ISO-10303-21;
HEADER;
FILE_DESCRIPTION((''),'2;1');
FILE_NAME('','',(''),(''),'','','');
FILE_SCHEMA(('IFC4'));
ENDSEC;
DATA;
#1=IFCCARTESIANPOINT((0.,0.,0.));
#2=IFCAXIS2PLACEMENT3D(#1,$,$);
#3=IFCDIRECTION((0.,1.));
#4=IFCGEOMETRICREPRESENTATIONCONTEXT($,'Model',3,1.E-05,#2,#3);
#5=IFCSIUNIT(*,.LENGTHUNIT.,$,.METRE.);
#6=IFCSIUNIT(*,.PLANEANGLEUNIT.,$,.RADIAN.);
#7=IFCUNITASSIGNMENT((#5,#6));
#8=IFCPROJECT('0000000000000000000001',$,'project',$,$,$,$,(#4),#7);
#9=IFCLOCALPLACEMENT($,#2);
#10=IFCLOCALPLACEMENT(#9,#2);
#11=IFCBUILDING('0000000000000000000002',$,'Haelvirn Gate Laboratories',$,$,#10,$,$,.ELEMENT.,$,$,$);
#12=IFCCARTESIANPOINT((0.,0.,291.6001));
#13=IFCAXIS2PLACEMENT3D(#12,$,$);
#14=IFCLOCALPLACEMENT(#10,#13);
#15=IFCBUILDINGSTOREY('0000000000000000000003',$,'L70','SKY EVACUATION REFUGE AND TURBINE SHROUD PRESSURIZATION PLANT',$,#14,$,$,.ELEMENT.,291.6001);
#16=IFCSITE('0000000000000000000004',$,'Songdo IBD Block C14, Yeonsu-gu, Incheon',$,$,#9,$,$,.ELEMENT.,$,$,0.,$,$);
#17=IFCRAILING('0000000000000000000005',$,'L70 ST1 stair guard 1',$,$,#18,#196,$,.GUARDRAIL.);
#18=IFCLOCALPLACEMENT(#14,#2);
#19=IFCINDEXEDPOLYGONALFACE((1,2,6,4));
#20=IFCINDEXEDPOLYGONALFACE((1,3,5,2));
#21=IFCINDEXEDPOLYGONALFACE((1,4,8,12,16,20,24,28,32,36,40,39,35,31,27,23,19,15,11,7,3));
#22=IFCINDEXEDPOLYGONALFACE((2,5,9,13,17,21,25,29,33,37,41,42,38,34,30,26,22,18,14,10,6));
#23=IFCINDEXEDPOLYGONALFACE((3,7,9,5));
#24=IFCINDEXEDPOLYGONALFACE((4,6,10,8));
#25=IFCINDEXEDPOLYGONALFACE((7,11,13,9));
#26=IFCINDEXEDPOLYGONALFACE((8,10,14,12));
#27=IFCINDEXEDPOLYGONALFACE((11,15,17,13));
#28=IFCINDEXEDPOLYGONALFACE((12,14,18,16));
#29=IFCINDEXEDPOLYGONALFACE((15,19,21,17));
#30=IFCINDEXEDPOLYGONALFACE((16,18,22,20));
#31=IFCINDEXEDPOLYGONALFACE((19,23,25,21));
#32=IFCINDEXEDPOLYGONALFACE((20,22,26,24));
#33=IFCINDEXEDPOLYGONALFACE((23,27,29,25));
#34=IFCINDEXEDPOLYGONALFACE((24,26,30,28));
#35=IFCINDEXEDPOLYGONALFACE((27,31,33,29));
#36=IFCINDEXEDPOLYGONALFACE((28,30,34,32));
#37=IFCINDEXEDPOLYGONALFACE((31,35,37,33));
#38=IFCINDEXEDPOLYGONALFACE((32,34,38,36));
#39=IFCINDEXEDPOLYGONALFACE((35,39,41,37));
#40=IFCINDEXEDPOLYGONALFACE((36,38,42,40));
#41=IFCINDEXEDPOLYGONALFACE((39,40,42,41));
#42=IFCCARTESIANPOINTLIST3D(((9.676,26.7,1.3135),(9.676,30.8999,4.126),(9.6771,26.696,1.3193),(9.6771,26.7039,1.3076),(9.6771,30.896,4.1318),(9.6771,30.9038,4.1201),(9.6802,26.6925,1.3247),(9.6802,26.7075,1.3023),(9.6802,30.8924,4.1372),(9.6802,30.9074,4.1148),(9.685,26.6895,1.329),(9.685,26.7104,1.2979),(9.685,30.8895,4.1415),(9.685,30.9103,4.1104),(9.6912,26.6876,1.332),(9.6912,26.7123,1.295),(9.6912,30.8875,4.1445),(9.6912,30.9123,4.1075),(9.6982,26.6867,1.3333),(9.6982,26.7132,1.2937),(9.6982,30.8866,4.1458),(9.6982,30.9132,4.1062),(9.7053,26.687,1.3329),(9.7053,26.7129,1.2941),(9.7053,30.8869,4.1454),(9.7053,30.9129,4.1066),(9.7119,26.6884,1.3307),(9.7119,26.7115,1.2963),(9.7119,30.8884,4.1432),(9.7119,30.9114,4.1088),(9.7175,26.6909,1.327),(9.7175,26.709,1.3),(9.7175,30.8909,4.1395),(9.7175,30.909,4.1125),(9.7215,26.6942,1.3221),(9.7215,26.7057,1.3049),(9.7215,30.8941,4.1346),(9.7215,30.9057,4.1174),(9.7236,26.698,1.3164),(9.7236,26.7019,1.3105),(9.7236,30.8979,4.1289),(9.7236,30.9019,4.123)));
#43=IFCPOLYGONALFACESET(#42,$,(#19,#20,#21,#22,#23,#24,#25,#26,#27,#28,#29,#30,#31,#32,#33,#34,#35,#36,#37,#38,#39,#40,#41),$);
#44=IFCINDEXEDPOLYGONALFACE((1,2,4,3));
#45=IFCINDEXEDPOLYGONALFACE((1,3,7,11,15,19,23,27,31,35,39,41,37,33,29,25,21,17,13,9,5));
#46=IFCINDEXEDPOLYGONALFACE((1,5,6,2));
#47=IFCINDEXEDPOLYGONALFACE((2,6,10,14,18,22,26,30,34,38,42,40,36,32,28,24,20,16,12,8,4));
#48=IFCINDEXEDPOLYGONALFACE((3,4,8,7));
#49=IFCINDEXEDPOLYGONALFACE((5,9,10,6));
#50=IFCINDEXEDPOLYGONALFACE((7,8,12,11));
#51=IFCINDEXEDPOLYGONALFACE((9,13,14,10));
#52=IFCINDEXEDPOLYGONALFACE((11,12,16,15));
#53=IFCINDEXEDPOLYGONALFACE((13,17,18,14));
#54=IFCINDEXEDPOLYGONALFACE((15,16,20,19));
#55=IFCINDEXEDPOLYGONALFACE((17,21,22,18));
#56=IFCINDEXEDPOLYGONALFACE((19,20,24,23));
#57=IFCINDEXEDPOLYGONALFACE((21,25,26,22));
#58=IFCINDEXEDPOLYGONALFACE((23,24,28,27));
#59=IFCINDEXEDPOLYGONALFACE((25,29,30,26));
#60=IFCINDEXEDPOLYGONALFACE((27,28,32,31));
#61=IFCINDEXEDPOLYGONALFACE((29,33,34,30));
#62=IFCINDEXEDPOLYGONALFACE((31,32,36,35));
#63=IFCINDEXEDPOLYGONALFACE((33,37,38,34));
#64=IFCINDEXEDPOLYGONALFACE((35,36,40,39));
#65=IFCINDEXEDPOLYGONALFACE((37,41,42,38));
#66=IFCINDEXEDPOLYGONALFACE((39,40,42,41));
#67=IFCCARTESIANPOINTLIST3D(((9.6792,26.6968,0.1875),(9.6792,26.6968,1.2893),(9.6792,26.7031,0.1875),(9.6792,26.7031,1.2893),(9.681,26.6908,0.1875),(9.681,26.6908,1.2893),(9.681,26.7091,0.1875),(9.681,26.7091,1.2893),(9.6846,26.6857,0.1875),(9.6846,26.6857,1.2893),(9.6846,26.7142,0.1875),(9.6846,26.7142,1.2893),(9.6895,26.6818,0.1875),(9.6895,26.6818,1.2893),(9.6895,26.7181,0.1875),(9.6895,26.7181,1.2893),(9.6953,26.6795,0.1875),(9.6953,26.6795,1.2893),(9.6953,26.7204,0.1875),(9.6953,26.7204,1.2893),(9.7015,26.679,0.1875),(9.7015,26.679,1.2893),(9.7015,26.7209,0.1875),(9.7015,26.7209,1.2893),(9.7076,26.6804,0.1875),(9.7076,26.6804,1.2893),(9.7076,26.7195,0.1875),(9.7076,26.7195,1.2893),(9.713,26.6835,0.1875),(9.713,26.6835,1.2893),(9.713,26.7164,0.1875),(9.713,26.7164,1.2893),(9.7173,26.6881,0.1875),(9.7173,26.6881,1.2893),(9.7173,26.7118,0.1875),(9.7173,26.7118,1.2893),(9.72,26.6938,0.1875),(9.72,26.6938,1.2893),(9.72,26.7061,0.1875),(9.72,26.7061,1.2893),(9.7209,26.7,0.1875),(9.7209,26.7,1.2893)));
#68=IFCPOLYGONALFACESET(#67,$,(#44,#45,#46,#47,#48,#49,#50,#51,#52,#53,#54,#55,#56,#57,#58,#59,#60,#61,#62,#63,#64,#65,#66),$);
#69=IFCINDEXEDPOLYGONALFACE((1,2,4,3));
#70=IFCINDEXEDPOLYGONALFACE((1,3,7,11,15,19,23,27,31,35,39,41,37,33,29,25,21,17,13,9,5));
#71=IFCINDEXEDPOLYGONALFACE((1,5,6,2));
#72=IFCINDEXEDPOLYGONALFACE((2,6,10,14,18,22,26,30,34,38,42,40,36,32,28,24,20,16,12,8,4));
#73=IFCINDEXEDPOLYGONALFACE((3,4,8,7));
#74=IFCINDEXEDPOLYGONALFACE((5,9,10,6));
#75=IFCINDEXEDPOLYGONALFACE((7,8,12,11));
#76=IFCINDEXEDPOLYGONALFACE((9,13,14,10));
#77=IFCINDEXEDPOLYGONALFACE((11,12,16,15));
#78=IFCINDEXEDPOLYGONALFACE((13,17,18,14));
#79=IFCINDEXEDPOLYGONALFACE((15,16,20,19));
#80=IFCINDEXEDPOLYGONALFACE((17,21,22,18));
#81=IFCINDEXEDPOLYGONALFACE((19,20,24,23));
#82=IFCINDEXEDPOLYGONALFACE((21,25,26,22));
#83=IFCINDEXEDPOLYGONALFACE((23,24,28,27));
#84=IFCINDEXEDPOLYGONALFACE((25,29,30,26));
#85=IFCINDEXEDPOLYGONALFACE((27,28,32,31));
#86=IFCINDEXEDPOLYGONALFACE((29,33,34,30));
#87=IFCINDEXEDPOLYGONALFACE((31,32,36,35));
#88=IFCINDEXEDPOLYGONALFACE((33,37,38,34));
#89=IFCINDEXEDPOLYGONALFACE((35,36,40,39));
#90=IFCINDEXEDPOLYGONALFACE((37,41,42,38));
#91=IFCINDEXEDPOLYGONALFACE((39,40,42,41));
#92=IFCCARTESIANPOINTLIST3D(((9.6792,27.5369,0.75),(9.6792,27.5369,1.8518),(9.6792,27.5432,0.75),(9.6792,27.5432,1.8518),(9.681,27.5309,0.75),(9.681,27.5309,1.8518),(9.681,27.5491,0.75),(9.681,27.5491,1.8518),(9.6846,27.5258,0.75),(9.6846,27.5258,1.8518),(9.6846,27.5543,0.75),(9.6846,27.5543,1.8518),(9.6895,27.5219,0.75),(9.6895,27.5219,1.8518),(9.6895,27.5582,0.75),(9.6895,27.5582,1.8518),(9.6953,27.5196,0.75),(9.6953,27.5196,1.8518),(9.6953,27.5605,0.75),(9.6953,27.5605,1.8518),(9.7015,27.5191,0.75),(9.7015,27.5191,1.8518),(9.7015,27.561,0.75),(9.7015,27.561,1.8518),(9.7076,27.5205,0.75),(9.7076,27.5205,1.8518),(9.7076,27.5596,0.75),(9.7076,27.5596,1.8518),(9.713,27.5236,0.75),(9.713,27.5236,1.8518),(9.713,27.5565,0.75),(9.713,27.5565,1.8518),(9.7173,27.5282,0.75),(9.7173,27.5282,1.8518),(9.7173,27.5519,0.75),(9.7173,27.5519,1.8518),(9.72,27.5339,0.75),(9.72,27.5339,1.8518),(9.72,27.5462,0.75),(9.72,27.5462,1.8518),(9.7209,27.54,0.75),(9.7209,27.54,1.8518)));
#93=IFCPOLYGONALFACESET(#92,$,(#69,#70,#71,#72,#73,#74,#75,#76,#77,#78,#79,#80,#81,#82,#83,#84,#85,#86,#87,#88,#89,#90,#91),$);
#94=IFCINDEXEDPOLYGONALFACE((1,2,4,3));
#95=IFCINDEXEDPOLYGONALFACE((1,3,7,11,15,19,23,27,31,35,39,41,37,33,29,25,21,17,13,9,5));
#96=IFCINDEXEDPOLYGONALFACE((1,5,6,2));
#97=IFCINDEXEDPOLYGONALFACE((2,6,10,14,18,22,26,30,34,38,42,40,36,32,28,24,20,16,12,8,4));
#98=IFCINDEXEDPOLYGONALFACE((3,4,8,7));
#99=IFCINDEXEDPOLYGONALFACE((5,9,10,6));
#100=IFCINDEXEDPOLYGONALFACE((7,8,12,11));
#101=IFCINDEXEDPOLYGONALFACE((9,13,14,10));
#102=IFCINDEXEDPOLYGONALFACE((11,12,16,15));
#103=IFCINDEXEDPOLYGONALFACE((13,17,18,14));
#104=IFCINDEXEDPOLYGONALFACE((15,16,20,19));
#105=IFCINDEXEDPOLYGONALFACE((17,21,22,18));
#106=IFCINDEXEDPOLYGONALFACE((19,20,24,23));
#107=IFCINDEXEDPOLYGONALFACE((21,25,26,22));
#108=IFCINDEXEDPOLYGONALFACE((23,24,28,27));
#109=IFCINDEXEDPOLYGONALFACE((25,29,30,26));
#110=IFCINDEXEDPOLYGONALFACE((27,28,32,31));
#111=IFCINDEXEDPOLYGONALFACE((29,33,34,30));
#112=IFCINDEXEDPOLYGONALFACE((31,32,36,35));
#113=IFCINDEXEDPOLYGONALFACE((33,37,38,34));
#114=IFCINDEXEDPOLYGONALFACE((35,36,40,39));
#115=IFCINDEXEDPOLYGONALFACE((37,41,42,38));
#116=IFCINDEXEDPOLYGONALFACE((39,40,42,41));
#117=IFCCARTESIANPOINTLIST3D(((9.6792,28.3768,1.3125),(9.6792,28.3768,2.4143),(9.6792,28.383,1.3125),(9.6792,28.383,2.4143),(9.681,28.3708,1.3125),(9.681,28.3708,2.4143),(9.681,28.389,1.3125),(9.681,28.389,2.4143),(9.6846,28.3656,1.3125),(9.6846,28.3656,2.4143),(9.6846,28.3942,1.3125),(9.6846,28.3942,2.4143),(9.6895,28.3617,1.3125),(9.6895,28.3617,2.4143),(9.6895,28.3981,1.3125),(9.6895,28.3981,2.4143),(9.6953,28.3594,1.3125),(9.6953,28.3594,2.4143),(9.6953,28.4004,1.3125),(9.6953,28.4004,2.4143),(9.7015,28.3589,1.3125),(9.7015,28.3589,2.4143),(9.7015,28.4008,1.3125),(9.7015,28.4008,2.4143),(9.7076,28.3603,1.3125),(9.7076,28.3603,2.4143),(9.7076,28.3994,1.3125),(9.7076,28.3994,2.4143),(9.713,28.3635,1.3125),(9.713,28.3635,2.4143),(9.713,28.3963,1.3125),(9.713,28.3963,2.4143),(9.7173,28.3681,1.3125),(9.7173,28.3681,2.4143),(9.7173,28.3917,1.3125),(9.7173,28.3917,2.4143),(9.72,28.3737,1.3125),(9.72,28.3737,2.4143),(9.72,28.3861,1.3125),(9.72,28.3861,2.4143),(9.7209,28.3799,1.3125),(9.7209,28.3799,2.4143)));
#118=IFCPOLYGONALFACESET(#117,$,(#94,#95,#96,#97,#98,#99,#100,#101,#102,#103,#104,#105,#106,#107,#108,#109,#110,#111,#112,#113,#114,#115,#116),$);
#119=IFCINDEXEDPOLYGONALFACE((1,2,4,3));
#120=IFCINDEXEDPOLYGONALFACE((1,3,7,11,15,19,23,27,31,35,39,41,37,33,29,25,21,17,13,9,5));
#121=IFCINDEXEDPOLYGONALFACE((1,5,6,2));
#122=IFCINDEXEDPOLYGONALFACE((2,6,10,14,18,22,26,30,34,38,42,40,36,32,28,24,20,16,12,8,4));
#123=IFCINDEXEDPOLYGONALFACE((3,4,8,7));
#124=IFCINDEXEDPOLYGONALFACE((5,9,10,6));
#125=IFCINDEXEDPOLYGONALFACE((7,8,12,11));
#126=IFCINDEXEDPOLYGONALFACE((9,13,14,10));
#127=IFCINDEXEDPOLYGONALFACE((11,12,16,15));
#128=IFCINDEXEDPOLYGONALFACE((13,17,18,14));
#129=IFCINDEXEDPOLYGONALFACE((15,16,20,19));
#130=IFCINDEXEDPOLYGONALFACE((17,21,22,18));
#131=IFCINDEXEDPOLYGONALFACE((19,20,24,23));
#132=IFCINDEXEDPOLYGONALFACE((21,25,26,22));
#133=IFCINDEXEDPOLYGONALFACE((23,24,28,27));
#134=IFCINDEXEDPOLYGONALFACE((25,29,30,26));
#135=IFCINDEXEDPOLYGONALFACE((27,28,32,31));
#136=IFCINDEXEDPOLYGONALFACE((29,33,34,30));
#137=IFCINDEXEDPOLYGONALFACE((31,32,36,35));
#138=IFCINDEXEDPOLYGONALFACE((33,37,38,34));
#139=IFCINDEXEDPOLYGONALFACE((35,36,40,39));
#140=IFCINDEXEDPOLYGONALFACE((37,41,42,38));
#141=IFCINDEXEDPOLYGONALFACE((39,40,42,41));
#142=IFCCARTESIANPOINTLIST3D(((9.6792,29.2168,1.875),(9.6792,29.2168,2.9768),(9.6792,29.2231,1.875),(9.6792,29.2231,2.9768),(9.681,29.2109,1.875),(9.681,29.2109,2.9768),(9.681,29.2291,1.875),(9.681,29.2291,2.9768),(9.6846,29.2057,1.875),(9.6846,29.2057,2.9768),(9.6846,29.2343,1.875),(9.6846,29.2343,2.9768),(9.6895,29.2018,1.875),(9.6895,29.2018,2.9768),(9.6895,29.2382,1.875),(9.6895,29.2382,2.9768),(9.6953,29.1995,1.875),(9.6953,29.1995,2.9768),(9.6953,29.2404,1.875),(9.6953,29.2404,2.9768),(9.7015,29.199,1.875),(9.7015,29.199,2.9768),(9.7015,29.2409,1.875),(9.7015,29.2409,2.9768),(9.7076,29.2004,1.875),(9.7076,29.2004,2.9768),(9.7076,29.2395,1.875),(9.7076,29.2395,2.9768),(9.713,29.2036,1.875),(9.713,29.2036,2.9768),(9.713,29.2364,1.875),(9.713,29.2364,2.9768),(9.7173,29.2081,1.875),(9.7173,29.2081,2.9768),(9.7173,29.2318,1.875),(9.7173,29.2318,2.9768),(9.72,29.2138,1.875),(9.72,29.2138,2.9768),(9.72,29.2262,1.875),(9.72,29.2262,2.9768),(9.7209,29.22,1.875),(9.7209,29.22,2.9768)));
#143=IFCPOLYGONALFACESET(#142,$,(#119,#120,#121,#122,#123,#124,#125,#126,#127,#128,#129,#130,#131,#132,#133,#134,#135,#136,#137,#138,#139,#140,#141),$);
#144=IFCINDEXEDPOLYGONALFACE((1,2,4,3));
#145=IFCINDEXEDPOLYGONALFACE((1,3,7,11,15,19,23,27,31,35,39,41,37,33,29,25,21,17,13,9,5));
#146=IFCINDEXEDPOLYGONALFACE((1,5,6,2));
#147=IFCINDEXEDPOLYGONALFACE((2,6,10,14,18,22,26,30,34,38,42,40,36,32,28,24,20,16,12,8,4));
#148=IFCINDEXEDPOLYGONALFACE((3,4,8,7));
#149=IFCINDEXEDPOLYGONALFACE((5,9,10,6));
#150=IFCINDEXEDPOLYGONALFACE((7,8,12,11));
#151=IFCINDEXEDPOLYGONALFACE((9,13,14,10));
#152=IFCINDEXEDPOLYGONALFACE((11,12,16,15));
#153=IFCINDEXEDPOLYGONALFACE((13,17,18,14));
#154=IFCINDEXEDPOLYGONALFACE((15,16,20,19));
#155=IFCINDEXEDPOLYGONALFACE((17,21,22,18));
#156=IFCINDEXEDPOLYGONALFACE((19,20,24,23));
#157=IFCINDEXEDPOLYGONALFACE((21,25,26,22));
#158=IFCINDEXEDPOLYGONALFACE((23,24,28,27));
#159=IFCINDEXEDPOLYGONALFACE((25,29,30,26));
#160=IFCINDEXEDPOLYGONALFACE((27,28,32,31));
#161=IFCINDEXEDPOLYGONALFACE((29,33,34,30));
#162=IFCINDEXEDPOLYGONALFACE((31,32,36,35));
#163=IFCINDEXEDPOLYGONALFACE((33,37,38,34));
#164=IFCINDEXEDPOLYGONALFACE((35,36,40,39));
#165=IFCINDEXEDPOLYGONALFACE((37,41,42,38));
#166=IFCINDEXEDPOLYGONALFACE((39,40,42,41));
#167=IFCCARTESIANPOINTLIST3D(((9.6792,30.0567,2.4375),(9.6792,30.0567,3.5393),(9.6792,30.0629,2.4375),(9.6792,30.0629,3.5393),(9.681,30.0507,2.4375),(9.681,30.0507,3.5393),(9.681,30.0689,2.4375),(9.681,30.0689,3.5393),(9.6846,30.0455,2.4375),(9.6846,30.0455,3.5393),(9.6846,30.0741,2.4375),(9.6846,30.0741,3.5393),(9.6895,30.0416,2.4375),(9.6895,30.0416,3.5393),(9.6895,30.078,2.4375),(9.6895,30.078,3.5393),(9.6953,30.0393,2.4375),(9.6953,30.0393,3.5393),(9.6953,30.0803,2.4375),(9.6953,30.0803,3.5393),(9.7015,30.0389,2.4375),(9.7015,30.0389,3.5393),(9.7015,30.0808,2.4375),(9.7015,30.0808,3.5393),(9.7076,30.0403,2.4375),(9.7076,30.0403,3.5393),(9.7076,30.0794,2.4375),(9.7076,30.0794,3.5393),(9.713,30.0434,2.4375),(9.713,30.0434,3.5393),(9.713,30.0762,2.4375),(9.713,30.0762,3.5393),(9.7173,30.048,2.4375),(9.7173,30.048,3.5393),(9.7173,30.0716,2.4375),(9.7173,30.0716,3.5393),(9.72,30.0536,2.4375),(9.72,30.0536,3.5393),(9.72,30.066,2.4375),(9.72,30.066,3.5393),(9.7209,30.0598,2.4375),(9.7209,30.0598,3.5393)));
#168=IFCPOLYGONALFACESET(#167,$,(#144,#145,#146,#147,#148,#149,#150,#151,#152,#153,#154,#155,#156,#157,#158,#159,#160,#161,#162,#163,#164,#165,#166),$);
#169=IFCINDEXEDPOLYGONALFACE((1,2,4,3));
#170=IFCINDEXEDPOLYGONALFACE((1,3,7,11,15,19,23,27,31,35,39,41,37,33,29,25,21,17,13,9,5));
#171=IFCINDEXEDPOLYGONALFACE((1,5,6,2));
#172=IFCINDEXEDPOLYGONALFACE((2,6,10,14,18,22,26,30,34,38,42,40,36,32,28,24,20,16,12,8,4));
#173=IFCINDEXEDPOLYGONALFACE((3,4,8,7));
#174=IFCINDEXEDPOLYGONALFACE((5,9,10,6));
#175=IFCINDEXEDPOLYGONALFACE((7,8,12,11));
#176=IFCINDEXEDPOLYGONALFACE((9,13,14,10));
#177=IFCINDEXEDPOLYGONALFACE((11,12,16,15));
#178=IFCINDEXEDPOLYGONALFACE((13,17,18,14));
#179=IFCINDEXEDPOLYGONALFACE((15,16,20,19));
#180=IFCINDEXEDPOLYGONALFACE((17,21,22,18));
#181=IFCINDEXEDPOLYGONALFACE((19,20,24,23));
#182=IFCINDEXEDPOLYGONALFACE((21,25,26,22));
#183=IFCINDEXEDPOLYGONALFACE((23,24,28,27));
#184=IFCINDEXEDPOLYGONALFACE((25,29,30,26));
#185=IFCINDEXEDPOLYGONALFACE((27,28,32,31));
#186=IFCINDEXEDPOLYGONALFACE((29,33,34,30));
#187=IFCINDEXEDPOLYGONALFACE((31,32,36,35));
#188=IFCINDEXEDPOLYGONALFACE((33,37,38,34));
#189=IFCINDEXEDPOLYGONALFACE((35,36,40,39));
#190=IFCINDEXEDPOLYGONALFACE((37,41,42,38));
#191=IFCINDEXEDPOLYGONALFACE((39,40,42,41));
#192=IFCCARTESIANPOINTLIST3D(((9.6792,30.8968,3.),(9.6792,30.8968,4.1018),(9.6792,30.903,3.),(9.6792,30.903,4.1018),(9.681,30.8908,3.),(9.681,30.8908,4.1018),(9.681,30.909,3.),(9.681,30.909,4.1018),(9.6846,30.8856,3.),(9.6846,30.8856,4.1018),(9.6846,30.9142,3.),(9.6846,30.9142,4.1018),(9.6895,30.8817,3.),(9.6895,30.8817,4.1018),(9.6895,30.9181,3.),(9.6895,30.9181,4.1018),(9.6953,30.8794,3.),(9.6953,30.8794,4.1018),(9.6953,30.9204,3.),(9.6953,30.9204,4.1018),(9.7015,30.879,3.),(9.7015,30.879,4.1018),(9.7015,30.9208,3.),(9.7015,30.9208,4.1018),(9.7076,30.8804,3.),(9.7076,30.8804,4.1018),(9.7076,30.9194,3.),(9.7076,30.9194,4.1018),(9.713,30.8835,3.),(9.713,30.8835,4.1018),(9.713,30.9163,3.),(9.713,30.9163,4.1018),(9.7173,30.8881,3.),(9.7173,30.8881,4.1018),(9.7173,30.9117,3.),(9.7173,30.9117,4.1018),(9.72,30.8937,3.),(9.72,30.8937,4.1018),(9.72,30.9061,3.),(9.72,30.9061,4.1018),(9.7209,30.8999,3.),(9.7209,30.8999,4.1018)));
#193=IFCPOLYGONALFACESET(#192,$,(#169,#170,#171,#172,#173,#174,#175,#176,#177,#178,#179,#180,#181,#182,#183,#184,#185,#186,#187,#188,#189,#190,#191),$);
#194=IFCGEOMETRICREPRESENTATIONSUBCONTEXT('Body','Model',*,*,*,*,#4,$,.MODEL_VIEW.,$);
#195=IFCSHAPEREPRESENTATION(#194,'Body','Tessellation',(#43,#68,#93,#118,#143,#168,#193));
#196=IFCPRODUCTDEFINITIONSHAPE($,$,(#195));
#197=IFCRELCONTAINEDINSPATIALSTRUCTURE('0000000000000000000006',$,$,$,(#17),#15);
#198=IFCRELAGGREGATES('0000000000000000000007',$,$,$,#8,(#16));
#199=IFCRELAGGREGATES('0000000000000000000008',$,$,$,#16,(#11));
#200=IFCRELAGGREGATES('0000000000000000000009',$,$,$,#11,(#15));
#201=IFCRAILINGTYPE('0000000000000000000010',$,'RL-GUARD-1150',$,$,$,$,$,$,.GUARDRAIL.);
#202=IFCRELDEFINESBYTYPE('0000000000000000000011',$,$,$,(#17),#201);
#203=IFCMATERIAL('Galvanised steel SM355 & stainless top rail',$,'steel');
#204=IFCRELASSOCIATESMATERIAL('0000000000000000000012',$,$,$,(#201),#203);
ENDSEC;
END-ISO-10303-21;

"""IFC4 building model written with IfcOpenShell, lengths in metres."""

from ifc_helpers import new_model, si_unit, direction, frame, origin, origin_2d, place, context, subcontext, project, spatial, circle, extrude, source, transform, mapped, material, type_object, element, save


model = new_model("IFC4")

# Units and contexts
model_context = context("Model", 3, precision=1e-05, world=origin(), true_north=direction((0.0, 1.0)))
body_context = subcontext(model_context, "Body", "Model", "MODEL_VIEW")
ifc_project = project(units=[si_unit("LENGTHUNIT", "METRE"), si_unit("PLANEANGLEUNIT", "RADIAN")], contexts=[model_context])

# Site, building, storey
site_placement = place(None, origin())
site = spatial("IfcSite", under=ifc_project, at=site_placement, Name="Songdo IBD Block C14, Yeonsu-gu, Incheon", CompositionType="ELEMENT", RefElevation=0.0)
building_placement = place(site_placement, origin())
building = spatial("IfcBuilding", under=site, at=building_placement, Name="Haelvirn Gate Laboratories", CompositionType="ELEMENT")
storey_placement = place(building_placement, frame((0.0, 0.0, 291.6001)))
storey = spatial("IfcBuildingStorey", under=building, at=storey_placement, Name="L70", Description="SKY EVACUATION REFUGE AND TURBINE SHROUD PRESSURIZATION PLANT", CompositionType="ELEMENT", Elevation=291.6001)

# Railing
ifc_material_1 = material(Name="Galvanised steel SM355 & stainless top rail", Category="steel")
railing_type_1 = type_object("IfcRailingType", Name="RL-GUARD-1150", PredefinedType="GUARDRAIL", material=ifc_material_1)
shared_shape_1 = source(origin(), body_context, "Body", "SweptSolid", [
    extrude(circle(Radius=0.0239, at=origin_2d()), frame((0.0, 0.0, 1.126), z_axis=(0.0, 0.830904, 0.556416), x_axis=(-1.0, 0.0, 0.0)), (0.0, 0.0, 1.0), 5.0547),
    extrude(circle(Radius=0.021, at=origin_2d()), origin(), (0.0, 0.0, 1.0), 1.1018),
    extrude(circle(Radius=0.021, at=origin_2d()), frame((0.0, 0.8401, 0.5625)), (0.0, 0.0, 1.0), 1.1018),
    extrude(circle(Radius=0.021, at=origin_2d()), frame((0.0, 1.6799, 1.125)), (0.0, 0.0, 1.0), 1.1018),
    extrude(circle(Radius=0.021, at=origin_2d()), frame((0.0, 2.52, 1.6875)), (0.0, 0.0, 1.0), 1.1018),
    extrude(circle(Radius=0.021, at=origin_2d()), frame((0.0, 3.3599, 2.25)), (0.0, 0.0, 1.0), 1.1018),
    extrude(circle(Radius=0.021, at=origin_2d()), frame((0.0, 4.2, 2.8125)), (0.0, 0.0, 1.0), 1.1018),
])
railing_1_placement = place(storey_placement, frame((9.7, 26.7, 0.1875)))
element("IfcRailing", 1, at=railing_1_placement, inside=storey, type_object=railing_type_1, Name="L70 ST1 stair guard 1", PredefinedType="GUARDRAIL", context=body_context, shape_type="MappedRepresentation", body=[
    mapped(shared_shape_1, transform((0.0, 0.0, 0.0), scale=1.0)),
])

save(model, "model.ifc")
